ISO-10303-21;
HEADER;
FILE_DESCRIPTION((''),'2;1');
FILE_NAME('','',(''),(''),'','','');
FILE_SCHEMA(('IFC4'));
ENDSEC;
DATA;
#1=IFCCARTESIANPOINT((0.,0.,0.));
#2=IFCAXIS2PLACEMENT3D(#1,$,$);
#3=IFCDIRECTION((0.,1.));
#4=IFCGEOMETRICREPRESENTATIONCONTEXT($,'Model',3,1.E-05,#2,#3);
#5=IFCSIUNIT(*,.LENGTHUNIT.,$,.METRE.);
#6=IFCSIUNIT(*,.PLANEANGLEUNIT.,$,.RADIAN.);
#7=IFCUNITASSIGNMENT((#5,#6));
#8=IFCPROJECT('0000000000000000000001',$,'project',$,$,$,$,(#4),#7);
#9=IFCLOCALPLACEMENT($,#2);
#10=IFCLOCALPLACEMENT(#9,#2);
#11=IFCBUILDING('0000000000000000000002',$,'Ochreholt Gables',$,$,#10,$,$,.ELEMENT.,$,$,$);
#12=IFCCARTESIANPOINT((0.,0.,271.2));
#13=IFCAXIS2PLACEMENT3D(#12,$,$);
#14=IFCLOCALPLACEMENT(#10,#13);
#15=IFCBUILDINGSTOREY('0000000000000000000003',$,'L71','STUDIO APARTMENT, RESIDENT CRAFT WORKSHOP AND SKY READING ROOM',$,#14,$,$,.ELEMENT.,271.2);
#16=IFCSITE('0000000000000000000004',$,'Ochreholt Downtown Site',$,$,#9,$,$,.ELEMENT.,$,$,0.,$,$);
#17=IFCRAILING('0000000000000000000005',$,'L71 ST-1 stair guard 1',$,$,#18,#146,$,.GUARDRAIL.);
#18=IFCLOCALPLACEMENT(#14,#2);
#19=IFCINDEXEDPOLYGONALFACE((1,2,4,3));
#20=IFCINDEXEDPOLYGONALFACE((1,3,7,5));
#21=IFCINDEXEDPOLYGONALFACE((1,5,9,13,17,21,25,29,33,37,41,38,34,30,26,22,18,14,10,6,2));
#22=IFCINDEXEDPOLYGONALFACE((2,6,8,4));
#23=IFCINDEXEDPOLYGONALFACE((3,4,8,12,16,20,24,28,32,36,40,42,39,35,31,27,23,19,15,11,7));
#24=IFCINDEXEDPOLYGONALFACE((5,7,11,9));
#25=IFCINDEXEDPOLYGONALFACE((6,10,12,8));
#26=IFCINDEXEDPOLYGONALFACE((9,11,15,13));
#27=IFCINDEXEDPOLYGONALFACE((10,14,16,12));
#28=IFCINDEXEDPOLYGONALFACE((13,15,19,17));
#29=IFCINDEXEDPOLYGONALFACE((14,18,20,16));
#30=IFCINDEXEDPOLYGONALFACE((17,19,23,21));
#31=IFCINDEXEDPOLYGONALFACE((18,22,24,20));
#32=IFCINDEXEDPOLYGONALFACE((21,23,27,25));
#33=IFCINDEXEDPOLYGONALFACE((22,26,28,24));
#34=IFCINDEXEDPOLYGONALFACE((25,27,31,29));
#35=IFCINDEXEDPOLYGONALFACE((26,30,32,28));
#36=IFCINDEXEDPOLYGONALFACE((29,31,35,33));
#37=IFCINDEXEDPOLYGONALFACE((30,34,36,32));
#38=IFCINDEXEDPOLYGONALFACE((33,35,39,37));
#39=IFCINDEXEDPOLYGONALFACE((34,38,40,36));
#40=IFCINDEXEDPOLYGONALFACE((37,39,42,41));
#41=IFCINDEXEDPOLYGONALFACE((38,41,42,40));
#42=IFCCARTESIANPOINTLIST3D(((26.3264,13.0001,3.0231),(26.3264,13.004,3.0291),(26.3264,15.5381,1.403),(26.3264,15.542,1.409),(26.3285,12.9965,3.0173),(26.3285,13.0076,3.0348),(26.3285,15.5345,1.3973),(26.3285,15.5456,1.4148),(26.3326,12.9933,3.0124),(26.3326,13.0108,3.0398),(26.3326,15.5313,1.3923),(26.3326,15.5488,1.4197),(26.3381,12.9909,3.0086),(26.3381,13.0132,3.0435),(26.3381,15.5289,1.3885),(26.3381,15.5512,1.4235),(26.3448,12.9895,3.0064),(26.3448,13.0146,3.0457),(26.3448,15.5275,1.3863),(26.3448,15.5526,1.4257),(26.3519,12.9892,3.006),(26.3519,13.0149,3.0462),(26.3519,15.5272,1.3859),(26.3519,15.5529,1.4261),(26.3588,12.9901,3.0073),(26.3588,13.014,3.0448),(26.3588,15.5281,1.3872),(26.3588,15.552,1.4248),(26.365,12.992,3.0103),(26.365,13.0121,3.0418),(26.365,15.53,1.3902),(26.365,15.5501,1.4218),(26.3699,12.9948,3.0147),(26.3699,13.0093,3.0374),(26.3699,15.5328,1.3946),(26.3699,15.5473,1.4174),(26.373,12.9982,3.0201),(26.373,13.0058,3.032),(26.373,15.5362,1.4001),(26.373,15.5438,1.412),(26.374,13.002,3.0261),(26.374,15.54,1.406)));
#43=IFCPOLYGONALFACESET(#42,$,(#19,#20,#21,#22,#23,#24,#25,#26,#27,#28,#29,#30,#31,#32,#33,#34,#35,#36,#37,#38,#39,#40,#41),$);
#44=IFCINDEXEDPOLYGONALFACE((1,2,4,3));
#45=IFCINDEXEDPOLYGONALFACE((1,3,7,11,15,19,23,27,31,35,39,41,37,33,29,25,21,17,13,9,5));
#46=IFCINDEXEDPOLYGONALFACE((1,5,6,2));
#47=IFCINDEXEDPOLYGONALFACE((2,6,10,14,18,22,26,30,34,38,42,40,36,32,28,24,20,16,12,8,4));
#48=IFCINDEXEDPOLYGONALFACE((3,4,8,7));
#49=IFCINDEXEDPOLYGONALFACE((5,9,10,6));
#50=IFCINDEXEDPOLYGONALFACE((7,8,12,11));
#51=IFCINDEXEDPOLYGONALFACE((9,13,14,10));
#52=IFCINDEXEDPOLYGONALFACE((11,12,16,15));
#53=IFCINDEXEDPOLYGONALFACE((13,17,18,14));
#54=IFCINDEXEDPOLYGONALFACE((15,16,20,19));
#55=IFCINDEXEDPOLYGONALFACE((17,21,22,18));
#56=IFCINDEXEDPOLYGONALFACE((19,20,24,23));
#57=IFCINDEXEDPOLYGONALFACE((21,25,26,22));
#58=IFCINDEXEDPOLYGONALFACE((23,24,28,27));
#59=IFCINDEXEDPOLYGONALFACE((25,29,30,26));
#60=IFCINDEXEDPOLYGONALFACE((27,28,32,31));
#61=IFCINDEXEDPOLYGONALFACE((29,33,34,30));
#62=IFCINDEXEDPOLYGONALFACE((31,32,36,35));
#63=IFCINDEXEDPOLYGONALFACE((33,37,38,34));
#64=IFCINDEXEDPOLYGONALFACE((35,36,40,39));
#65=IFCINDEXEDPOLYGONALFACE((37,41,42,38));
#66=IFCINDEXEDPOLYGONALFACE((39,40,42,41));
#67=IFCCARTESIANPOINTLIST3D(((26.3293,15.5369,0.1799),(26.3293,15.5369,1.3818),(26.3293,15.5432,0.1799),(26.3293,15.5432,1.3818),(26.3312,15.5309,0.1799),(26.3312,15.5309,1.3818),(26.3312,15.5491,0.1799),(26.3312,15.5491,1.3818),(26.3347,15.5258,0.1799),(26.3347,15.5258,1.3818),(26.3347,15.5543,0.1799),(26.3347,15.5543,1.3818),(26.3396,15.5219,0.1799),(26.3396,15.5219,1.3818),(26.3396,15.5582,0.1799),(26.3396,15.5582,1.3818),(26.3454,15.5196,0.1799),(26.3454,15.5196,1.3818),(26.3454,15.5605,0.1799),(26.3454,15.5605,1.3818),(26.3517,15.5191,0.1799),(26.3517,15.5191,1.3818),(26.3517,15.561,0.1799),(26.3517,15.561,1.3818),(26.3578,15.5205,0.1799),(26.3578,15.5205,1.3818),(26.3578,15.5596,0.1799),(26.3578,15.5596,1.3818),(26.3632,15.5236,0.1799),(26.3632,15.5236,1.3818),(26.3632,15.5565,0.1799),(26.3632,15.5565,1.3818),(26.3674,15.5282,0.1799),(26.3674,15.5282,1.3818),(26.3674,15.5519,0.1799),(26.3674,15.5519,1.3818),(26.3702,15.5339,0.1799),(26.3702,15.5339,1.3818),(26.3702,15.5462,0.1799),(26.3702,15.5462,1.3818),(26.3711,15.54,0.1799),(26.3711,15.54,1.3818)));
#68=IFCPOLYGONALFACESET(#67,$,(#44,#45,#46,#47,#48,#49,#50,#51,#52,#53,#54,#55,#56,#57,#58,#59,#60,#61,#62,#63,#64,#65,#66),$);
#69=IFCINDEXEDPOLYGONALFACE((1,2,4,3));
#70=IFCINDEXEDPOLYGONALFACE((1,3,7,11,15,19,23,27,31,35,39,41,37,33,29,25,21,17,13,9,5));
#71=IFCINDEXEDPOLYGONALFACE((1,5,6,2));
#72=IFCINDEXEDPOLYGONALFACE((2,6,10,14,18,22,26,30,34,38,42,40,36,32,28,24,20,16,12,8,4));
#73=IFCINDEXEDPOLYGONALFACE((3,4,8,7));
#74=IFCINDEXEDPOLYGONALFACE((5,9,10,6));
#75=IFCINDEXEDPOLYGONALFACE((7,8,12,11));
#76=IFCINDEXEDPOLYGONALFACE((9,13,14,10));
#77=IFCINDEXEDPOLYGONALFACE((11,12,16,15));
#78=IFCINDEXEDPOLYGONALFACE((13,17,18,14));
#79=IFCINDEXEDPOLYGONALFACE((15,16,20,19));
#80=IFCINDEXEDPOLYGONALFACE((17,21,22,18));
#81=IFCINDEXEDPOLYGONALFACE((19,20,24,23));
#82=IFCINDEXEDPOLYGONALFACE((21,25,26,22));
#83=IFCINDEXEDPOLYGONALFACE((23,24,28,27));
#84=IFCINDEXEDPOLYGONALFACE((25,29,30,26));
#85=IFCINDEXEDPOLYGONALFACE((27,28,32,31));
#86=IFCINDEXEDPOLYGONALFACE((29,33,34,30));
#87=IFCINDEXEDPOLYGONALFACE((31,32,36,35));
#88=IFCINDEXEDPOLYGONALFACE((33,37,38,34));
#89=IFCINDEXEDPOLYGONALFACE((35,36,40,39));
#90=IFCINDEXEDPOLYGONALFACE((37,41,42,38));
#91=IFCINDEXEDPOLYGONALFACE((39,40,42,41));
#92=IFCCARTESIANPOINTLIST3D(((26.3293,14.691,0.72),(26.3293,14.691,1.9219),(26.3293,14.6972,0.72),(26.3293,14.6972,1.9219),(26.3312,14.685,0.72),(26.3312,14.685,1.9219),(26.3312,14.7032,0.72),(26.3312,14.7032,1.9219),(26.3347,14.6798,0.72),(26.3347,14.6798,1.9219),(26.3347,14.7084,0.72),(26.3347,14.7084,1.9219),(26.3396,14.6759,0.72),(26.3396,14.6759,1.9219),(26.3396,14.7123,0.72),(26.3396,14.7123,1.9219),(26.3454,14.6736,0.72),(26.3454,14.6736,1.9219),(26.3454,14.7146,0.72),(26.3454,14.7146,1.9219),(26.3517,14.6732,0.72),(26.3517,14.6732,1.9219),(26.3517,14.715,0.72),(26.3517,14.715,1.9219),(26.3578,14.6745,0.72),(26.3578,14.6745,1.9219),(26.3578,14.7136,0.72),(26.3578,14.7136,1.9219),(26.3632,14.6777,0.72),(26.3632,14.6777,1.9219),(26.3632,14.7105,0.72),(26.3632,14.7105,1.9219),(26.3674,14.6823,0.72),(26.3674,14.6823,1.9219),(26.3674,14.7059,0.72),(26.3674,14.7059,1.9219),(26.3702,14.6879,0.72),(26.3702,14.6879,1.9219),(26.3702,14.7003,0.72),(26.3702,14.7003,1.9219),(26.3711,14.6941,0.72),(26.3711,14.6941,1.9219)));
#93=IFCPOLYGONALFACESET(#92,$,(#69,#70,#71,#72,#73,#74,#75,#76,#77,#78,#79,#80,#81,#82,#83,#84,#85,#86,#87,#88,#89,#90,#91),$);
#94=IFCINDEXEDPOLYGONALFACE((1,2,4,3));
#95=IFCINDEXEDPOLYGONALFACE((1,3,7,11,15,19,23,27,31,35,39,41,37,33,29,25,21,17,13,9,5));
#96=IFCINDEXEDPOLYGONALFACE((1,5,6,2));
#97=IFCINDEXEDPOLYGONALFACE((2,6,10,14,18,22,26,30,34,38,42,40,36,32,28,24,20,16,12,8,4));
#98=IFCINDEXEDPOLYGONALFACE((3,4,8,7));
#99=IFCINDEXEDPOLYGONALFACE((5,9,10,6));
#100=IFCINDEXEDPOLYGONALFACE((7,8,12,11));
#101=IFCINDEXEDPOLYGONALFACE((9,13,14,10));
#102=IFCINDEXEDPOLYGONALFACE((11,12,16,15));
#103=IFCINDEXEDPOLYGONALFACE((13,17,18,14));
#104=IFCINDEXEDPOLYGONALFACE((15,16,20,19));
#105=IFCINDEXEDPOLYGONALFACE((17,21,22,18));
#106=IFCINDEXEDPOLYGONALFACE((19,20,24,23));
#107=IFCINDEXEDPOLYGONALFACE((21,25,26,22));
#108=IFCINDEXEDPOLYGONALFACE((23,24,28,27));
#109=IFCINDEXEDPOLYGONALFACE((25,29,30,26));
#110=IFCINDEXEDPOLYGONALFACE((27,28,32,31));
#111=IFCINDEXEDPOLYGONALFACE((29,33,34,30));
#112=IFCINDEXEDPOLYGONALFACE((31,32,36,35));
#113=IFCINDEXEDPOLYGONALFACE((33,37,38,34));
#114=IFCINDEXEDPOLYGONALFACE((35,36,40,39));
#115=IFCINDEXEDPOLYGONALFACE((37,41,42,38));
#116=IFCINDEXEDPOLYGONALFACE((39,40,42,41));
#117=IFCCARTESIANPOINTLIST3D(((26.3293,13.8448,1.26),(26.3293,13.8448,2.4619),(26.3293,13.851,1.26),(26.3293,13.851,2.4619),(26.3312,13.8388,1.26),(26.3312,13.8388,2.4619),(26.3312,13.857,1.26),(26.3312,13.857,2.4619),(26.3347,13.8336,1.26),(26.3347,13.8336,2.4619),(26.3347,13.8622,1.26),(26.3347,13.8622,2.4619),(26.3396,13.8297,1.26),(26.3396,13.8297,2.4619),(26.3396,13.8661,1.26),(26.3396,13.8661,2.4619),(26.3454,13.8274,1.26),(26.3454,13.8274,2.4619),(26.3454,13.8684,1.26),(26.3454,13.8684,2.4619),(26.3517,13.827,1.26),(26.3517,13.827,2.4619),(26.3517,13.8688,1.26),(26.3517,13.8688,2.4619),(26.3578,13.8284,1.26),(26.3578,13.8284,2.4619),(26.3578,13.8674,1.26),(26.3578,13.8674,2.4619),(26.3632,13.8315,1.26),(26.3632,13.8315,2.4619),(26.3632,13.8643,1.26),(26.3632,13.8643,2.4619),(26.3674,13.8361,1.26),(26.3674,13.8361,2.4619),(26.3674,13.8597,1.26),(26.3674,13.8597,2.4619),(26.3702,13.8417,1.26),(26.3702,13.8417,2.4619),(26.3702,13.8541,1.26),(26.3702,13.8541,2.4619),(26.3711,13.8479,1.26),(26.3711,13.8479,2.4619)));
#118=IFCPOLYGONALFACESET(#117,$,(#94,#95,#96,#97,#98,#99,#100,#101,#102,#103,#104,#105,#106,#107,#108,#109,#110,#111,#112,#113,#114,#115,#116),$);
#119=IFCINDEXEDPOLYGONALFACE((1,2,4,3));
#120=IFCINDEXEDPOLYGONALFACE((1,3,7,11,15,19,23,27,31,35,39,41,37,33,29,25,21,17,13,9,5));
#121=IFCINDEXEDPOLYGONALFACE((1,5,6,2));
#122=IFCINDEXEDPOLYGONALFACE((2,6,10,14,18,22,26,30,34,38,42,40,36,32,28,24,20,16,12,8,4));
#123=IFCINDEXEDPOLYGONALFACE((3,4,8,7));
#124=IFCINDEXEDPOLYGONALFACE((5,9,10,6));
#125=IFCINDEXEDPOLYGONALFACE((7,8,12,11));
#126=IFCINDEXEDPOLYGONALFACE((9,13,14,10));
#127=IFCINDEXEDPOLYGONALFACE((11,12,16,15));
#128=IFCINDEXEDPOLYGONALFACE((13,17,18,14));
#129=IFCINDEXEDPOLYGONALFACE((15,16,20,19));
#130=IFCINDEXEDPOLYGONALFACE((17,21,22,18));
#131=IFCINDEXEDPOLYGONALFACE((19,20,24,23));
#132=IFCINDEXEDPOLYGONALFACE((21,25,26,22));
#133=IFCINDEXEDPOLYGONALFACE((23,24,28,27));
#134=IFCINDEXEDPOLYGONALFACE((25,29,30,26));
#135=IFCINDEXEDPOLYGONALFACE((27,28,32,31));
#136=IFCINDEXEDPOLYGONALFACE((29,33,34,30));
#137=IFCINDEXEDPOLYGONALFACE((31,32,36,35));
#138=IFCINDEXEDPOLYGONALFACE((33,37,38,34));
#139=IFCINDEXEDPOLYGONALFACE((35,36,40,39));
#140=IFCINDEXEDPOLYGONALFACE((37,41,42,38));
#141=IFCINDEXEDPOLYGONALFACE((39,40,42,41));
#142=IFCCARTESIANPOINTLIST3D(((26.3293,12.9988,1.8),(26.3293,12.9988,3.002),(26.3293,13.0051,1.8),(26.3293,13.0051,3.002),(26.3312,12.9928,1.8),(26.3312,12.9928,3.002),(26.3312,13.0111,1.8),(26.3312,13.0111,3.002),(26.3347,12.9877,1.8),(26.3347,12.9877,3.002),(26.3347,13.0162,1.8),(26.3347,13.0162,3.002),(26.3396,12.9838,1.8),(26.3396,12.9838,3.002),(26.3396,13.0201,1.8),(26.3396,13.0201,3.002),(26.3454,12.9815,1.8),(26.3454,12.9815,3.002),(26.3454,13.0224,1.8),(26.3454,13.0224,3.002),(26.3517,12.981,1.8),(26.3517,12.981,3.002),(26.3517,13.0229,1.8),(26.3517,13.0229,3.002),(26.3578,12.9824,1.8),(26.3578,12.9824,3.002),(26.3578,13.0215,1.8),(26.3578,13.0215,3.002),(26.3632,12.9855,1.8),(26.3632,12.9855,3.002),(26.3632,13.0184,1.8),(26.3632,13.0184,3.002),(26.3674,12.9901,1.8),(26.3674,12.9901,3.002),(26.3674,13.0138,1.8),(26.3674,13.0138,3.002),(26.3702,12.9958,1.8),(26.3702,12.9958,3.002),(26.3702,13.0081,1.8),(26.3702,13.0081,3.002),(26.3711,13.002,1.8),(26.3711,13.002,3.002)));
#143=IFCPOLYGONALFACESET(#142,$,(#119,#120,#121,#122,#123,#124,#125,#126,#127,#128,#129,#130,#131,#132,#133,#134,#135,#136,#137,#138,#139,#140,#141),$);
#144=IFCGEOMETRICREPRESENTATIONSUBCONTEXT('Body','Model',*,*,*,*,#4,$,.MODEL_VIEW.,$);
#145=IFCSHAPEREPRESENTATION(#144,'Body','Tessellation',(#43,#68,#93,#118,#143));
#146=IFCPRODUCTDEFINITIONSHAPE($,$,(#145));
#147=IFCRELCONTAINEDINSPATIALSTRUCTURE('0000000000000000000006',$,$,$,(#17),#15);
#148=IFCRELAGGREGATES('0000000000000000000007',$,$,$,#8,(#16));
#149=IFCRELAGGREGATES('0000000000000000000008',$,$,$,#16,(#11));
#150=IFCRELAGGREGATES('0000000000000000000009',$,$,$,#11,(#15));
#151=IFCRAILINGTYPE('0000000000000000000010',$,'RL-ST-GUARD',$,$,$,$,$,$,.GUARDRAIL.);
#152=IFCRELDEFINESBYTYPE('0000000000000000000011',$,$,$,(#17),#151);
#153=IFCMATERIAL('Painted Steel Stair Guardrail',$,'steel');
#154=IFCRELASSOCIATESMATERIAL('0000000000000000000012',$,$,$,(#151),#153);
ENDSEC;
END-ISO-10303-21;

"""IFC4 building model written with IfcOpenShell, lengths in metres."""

from ifc_helpers import new_model, si_unit, direction, frame, origin, origin_2d, place, context, subcontext, project, spatial, circle, extrude, material, type_object, element, save


model = new_model("IFC4")

# Units and contexts
model_context = context("Model", 3, precision=1e-05, world=origin(), true_north=direction((0.0, 1.0)))
body_context = subcontext(model_context, "Body", "Model", "MODEL_VIEW")
ifc_project = project(units=[si_unit("LENGTHUNIT", "METRE"), si_unit("PLANEANGLEUNIT", "RADIAN")], contexts=[model_context])

# Site, building, storey
site_placement = place(None, origin())
site = spatial("IfcSite", under=ifc_project, at=site_placement, Name="Ochreholt Downtown Site", CompositionType="ELEMENT", RefElevation=0.0)
building_placement = place(site_placement, origin())
building = spatial("IfcBuilding", under=site, at=building_placement, Name="Ochreholt Gables", CompositionType="ELEMENT")
storey_placement = place(building_placement, frame((0.0, 0.0, 271.2)))
storey = spatial("IfcBuildingStorey", under=building, at=storey_placement, Name="L71", Description="STUDIO APARTMENT, RESIDENT CRAFT WORKSHOP AND SKY READING ROOM", CompositionType="ELEMENT", Elevation=271.2)

# Railing
ifc_material_1 = material(Name="Painted Steel Stair Guardrail", Category="steel")
railing_type_1 = type_object("IfcRailingType", Name="RL-ST-GUARD", PredefinedType="GUARDRAIL", material=ifc_material_1)
railing_1_placement = place(storey_placement, frame((26.3501, 15.54, 0.1799)))
element("IfcRailing", 1, at=railing_1_placement, inside=storey, type_object=railing_type_1, Name="L71 ST-1 stair guard 1", PredefinedType="GUARDRAIL", context=body_context, shape_type="SweptSolid", body=[
    extrude(circle(Radius=0.0239, at=origin_2d()), frame((0.0, 0.0, 1.2261), z_axis=(0.0, -0.842913, 0.53805), x_axis=(1.0, 0.0, 0.0)), (0.0, 0.0, 1.0), 3.011),
    extrude(circle(Radius=0.021, at=origin_2d()), origin(), (0.0, 0.0, 1.0), 1.2019),
    extrude(circle(Radius=0.021, at=origin_2d()), frame((0.0, -0.8459, 0.54)), (0.0, 0.0, 1.0), 1.2019),
    extrude(circle(Radius=0.021, at=origin_2d()), frame((0.0, -1.6921, 1.0801)), (0.0, 0.0, 1.0), 1.2019),
    extrude(circle(Radius=0.021, at=origin_2d()), frame((0.0, -2.5381, 1.6201)), (0.0, 0.0, 1.0), 1.2019),
])

save(model, "model.ifc")
